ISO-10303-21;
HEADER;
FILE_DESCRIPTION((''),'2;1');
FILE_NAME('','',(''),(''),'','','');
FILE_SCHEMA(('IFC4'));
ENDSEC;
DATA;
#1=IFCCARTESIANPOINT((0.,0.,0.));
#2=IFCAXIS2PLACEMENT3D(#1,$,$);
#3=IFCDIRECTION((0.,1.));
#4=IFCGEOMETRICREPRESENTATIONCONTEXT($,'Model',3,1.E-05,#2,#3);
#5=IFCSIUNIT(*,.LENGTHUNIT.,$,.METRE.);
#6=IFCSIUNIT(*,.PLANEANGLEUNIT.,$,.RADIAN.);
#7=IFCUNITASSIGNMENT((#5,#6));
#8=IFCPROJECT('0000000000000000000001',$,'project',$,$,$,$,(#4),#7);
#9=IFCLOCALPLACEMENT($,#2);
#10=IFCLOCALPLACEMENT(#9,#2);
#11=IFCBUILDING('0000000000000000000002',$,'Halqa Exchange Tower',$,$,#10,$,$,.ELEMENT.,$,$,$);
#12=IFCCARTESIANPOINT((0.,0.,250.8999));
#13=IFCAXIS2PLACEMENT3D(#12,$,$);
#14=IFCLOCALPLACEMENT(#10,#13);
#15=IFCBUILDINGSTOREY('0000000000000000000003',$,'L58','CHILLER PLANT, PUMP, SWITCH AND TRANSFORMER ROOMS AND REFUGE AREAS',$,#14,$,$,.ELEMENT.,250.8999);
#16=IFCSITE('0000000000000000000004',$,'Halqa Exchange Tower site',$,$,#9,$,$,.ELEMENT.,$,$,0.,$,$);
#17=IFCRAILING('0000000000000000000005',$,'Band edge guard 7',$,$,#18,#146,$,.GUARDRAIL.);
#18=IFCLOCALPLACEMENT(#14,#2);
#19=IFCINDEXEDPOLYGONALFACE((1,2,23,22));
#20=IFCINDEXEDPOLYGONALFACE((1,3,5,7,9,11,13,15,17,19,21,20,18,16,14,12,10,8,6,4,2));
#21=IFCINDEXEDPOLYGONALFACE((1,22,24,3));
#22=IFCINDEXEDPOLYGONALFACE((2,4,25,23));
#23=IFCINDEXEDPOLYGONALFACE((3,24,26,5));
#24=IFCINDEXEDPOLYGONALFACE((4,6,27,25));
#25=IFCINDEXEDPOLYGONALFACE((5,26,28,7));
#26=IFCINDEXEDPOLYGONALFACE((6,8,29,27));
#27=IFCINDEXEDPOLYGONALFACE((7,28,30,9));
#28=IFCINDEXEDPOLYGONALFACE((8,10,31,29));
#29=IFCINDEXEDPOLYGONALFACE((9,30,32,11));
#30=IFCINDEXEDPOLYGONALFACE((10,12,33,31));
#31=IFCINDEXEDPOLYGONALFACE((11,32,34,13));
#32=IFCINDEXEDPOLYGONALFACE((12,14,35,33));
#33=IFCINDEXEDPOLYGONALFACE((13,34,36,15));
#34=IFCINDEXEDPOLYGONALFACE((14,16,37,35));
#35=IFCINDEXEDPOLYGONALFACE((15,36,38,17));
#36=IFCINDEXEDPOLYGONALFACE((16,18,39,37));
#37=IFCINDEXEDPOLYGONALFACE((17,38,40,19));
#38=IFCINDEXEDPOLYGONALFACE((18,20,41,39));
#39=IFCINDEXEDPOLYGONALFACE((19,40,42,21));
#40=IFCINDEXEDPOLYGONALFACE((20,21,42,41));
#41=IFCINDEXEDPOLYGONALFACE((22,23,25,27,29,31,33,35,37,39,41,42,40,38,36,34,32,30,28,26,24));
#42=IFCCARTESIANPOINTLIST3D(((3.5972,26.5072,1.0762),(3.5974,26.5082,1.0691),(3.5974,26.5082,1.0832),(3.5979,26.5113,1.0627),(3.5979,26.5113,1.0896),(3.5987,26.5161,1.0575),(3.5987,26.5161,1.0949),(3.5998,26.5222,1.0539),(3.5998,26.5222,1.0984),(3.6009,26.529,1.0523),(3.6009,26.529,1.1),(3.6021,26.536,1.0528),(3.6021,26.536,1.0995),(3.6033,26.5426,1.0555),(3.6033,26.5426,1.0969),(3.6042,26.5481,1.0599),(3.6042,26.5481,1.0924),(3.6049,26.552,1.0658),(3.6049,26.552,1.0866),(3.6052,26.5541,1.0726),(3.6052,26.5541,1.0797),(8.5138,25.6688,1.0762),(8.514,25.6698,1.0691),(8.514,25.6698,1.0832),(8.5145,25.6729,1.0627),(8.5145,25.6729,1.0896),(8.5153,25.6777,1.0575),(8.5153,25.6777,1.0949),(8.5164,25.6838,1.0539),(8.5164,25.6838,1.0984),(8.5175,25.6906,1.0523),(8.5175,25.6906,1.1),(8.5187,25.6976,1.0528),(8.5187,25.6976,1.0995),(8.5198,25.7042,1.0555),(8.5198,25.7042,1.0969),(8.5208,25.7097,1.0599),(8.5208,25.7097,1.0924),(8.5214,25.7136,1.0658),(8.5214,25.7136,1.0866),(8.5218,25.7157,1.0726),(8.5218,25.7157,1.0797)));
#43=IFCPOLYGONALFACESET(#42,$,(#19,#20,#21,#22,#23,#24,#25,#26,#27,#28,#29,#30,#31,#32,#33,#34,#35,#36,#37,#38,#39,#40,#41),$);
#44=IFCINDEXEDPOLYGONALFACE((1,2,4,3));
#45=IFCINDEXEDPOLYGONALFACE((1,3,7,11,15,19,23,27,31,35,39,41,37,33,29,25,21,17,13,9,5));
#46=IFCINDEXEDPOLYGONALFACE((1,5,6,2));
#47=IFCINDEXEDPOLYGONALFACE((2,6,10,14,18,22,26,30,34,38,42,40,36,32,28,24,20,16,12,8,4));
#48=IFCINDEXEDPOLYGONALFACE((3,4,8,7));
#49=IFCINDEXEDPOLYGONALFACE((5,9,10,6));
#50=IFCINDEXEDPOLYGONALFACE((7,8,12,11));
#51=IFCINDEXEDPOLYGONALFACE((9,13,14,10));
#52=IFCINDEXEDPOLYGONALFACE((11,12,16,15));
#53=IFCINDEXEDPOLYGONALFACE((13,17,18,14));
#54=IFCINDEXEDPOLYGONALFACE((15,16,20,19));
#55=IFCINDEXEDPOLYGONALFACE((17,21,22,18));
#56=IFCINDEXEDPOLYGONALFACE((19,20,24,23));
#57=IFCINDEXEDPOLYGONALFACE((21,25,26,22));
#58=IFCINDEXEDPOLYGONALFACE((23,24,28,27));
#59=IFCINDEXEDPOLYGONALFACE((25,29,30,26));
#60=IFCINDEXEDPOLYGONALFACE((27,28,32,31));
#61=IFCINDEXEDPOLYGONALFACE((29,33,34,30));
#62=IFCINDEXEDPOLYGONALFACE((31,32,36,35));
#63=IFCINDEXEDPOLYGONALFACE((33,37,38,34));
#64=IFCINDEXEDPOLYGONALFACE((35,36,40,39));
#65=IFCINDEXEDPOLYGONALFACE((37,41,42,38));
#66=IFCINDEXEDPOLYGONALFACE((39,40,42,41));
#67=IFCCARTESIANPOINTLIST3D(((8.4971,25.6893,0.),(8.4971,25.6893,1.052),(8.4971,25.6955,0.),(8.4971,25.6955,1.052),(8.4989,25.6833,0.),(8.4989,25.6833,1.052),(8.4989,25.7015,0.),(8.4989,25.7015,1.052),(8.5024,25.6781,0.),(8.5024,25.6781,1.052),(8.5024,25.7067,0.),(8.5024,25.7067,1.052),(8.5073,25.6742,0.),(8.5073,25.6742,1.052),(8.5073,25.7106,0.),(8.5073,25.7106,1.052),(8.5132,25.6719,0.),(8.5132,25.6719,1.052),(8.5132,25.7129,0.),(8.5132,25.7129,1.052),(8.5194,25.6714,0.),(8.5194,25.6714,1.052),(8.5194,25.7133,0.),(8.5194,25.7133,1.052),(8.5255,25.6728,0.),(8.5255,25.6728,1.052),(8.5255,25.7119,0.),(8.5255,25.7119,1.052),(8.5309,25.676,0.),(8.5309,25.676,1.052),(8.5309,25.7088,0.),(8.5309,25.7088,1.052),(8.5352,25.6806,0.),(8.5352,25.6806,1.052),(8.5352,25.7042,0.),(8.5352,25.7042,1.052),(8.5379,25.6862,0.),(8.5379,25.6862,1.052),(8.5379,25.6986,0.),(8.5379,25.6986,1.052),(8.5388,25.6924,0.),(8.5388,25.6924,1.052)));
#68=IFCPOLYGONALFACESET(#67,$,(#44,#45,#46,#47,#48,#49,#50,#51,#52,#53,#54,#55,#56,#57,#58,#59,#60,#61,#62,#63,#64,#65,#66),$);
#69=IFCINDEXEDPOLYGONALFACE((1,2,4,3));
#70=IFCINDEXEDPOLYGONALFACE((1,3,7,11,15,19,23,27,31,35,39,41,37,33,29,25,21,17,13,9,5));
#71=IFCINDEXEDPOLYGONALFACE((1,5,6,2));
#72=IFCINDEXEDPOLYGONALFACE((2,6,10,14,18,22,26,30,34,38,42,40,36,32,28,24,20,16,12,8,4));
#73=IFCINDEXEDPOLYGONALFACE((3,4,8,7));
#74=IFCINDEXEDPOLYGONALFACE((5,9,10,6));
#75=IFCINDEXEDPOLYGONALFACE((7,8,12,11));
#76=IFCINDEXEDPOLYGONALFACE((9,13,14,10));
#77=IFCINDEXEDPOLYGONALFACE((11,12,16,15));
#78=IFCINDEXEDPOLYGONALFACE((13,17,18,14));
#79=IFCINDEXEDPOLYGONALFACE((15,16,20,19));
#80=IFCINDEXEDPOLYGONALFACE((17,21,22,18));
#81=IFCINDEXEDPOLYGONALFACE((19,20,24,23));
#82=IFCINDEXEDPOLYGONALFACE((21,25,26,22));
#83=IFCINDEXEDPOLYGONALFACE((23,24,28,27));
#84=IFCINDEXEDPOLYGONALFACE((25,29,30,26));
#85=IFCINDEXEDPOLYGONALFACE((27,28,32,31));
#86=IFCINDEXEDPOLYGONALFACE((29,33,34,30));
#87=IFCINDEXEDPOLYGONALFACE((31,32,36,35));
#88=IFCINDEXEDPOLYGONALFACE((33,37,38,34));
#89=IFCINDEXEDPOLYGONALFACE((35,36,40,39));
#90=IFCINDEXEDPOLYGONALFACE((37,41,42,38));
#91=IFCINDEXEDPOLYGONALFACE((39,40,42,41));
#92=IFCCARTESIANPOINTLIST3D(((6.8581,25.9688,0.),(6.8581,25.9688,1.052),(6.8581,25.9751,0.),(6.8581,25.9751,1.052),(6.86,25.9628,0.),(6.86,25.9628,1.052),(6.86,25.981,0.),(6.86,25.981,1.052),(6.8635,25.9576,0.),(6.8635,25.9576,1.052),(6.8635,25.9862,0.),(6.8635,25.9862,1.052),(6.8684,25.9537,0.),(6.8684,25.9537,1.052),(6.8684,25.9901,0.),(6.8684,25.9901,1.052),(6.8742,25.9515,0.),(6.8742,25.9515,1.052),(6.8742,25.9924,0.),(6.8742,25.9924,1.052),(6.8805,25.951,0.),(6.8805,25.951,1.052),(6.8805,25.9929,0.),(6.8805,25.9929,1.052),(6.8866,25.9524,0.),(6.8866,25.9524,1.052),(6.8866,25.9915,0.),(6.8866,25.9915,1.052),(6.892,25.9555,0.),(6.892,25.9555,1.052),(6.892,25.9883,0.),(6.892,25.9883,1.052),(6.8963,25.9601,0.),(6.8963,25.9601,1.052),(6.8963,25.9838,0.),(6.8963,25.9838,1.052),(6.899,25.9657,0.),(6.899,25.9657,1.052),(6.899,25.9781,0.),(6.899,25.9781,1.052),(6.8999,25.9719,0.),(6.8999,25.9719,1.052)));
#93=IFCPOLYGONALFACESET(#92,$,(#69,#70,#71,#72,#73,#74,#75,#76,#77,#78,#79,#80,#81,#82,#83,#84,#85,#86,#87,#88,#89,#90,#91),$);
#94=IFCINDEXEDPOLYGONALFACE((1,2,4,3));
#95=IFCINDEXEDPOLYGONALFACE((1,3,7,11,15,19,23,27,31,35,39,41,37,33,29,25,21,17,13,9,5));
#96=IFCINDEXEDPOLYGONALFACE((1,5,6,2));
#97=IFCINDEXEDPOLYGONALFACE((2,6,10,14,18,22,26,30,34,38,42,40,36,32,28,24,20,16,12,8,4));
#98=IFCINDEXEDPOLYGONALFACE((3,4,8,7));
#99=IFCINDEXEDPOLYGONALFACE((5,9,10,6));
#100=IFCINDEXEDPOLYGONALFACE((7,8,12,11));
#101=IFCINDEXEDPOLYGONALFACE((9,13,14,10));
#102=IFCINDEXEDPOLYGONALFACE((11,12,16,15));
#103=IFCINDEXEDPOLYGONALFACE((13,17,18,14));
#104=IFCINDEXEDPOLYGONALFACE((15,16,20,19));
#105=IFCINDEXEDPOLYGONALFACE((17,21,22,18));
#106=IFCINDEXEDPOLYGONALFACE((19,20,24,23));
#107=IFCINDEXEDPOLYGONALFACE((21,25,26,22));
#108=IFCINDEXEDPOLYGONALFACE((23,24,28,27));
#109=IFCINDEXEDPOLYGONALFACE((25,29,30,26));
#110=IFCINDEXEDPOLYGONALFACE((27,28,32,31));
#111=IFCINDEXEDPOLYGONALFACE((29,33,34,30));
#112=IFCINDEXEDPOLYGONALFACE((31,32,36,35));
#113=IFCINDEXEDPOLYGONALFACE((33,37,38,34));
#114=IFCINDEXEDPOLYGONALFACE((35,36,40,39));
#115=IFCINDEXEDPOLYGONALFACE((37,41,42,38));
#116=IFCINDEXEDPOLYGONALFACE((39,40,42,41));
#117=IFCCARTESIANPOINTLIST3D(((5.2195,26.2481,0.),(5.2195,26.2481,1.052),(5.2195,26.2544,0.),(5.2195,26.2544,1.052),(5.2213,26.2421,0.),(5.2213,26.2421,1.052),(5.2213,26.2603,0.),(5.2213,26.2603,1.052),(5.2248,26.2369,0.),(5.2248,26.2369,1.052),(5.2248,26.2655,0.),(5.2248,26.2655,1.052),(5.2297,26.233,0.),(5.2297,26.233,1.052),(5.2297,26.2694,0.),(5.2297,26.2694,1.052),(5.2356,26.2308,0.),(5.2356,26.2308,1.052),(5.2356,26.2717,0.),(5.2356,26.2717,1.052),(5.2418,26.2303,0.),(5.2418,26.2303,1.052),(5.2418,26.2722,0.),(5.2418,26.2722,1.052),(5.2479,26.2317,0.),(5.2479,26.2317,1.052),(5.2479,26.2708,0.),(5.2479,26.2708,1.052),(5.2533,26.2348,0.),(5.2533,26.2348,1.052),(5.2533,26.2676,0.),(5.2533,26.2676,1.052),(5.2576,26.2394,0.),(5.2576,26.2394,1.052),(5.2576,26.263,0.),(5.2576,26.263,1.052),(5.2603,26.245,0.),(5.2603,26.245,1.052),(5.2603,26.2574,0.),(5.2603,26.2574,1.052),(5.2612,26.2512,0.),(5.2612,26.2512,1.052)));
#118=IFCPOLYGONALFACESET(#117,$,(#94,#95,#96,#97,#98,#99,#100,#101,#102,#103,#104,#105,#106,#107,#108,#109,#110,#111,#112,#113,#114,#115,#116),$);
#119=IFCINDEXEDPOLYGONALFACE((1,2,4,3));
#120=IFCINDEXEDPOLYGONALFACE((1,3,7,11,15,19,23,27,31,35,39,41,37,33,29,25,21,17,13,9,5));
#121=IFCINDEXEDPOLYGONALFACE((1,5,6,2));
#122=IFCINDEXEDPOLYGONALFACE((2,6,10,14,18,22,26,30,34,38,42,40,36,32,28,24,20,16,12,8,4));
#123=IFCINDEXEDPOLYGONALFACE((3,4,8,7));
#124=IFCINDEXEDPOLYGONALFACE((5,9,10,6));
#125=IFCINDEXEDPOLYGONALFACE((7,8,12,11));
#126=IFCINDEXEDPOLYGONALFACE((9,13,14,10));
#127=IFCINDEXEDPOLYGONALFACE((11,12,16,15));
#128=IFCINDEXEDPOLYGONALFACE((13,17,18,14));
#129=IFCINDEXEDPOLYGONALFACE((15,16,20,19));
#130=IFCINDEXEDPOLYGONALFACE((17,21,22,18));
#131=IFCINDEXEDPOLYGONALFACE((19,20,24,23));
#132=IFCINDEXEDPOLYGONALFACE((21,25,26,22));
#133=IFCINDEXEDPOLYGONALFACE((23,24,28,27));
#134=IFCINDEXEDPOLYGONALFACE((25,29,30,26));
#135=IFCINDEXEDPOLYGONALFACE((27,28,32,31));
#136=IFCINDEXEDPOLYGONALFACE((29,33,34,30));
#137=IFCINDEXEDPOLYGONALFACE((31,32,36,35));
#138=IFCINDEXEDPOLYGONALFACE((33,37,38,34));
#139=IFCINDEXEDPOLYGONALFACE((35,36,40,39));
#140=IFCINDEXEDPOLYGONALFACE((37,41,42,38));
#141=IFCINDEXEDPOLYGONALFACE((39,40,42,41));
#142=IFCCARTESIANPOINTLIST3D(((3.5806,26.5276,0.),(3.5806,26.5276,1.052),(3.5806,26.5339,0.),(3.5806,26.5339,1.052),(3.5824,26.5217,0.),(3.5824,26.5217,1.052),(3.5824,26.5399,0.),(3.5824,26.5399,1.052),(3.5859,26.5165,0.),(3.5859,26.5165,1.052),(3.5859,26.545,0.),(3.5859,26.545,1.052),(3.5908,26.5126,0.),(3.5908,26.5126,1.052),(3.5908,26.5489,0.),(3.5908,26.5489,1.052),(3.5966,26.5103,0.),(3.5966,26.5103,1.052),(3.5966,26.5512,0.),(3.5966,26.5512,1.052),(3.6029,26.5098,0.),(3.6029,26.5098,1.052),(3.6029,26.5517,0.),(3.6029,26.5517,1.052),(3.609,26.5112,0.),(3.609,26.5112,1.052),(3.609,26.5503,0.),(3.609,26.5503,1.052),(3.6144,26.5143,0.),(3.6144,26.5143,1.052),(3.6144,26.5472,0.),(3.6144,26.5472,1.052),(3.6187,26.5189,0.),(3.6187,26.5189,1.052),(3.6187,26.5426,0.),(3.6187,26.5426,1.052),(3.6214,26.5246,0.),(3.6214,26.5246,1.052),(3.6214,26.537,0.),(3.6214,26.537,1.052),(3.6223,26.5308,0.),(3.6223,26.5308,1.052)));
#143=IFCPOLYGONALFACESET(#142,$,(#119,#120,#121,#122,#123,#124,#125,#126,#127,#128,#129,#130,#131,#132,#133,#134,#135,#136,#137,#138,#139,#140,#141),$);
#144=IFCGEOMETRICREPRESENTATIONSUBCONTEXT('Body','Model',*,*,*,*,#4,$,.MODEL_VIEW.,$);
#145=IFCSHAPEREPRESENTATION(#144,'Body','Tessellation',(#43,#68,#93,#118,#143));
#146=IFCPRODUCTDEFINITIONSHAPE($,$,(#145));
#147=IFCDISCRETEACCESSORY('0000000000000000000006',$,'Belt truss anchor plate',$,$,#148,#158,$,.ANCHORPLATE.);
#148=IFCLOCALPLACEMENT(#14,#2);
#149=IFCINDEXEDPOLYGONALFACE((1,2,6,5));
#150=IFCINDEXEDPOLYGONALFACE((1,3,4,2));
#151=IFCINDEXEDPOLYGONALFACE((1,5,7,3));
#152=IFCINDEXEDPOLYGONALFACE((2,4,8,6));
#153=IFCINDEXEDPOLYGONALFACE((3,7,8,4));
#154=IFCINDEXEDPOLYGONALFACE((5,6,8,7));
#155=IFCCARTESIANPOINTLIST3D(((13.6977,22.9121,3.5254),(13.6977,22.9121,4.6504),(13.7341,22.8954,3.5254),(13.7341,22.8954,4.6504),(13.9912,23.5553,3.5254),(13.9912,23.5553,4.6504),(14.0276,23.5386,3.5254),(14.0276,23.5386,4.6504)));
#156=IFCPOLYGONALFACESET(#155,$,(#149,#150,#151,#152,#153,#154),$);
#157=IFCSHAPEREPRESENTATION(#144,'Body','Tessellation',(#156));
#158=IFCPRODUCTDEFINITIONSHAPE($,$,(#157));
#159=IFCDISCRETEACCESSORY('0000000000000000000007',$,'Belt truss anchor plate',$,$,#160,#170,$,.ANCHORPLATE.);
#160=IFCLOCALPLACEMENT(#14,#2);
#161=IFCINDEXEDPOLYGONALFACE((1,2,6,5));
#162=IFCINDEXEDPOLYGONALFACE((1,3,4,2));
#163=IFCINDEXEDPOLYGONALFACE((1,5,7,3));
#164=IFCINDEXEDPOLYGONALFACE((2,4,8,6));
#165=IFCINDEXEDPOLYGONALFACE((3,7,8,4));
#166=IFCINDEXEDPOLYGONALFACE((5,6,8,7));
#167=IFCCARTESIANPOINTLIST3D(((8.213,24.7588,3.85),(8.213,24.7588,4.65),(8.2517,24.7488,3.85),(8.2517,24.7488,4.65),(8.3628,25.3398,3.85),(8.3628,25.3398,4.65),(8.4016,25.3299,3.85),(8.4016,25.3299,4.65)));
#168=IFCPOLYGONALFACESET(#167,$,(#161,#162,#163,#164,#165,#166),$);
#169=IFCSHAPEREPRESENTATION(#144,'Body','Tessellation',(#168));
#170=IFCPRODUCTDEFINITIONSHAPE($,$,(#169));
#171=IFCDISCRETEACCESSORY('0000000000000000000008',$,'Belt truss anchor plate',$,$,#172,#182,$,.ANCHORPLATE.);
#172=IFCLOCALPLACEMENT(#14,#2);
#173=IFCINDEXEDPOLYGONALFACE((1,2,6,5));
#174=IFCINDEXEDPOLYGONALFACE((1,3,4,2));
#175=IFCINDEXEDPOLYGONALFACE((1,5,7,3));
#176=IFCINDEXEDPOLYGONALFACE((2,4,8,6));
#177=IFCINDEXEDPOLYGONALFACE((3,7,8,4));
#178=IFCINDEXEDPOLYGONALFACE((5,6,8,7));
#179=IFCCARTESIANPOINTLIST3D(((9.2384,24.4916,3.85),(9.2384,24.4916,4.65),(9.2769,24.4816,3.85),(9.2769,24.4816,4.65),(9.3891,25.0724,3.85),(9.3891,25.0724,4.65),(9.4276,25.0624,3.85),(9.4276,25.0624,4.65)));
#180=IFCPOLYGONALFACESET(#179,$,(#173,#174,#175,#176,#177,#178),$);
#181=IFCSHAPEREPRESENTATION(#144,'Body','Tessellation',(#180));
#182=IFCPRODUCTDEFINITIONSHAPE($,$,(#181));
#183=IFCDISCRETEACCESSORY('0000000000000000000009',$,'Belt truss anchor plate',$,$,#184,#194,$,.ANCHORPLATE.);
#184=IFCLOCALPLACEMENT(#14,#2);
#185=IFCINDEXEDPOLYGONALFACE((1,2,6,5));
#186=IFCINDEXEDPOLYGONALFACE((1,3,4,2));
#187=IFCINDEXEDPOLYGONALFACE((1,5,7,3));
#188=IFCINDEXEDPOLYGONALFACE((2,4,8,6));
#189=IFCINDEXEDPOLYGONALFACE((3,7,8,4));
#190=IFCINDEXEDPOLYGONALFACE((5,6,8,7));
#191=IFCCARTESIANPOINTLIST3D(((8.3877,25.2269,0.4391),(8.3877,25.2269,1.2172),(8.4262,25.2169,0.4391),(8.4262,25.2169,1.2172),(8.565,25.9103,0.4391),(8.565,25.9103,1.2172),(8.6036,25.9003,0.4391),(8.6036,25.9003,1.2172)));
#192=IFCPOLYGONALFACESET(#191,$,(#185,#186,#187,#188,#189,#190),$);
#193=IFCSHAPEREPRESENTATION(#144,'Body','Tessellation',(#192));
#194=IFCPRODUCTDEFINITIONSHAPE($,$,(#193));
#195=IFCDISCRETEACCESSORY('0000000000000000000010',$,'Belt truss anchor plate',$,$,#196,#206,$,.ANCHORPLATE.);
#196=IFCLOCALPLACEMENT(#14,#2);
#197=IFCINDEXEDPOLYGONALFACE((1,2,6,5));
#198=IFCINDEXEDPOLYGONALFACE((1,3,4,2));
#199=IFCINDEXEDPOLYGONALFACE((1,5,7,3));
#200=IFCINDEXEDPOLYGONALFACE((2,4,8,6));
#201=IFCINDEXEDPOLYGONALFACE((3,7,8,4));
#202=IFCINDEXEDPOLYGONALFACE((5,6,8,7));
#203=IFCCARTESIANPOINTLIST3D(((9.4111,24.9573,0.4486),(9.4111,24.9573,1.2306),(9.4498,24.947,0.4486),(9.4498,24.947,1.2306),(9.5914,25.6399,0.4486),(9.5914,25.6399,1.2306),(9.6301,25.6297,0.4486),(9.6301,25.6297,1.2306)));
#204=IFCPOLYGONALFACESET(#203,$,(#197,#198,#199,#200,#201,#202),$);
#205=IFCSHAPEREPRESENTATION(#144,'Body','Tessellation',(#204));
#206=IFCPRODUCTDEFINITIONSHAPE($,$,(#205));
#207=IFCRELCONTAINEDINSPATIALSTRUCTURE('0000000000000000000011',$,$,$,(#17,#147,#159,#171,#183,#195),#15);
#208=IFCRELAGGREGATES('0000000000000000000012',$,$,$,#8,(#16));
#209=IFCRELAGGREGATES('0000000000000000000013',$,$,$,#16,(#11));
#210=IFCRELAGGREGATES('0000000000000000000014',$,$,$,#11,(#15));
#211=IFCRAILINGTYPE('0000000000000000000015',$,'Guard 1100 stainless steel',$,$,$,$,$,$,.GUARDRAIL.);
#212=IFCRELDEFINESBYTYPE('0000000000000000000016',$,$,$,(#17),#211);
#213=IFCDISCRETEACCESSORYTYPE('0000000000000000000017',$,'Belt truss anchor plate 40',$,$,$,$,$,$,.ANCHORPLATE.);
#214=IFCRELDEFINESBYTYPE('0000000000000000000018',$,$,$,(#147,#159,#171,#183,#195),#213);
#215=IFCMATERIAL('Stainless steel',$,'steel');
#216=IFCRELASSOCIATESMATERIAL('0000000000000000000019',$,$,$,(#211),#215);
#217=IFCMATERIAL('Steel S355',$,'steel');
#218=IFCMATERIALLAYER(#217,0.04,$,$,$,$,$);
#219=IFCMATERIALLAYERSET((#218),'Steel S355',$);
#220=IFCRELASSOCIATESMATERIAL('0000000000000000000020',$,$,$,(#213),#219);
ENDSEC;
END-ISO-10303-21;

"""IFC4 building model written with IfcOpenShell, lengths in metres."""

from ifc_helpers import new_model, si_unit, direction, frame, origin, origin_2d, place, context, subcontext, project, spatial, rectangle, circle, extrude, material, layer, layer_set, type_object, element, save


model = new_model("IFC4")

# Units and contexts
model_context = context("Model", 3, precision=1e-05, world=origin(), true_north=direction((0.0, 1.0)))
body_context = subcontext(model_context, "Body", "Model", "MODEL_VIEW")
ifc_project = project(units=[si_unit("LENGTHUNIT", "METRE"), si_unit("PLANEANGLEUNIT", "RADIAN")], contexts=[model_context])

# Site, building, storey
site_placement = place(None, origin())
site = spatial("IfcSite", under=ifc_project, at=site_placement, Name="Halqa Exchange Tower site", CompositionType="ELEMENT", RefElevation=0.0)
building_placement = place(site_placement, origin())
building = spatial("IfcBuilding", under=site, at=building_placement, Name="Halqa Exchange Tower", CompositionType="ELEMENT")
storey_placement = place(building_placement, frame((0.0, 0.0, 250.8999)))
storey = spatial("IfcBuildingStorey", under=building, at=storey_placement, Name="L58", Description="CHILLER PLANT, PUMP, SWITCH AND TRANSFORMER ROOMS AND REFUGE AREAS", CompositionType="ELEMENT", Elevation=250.8999)

# Shared definitions
ifc_material_1 = material(Name="Steel S355", Category="steel")

# Railing
ifc_material_2 = material(Name="Stainless steel", Category="steel")
railing_type = type_object("IfcRailingType", Name="Guard 1100 stainless steel", PredefinedType="GUARDRAIL", material=ifc_material_2)
railing_1_placement = place(storey_placement, frame((8.5178, 25.6924, 0.0)))
element("IfcRailing", 1, at=railing_1_placement, inside=storey, type_object=railing_type, Name="Band edge guard 7", PredefinedType="GUARDRAIL", context=body_context, shape_type="SweptSolid", body=[
    extrude(circle(Radius=0.0239, at=origin_2d()), frame((0.0, 0.0, 1.0762), z_axis=(-0.98577, 0.168097, 0.0), x_axis=(-0.168097, -0.98577, 0.0)), (0.0, 0.0, 1.0), 4.9875),
    extrude(circle(Radius=0.021, at=origin_2d()), origin(), (0.0, 0.0, 1.0), 1.052),
    extrude(circle(Radius=0.021, at=origin_2d()), frame((-1.6389, 0.2795, 0.0)), (0.0, 0.0, 1.0), 1.052),
    extrude(circle(Radius=0.021, at=origin_2d()), frame((-3.2776, 0.5588, 0.0)), (0.0, 0.0, 1.0), 1.052),
    extrude(circle(Radius=0.021, at=origin_2d()), frame((-4.9165, 0.8384, 0.0)), (0.0, 0.0, 1.0), 1.052),
])

# Discrete accessories
ifc_layer_1 = layer(ifc_material_1, 0.04)
ifc_layer_set_1 = layer_set([ifc_layer_1], Name="Steel S355")
discrete_accessory_type = type_object("IfcDiscreteAccessoryType", Name="Belt truss anchor plate 40", PredefinedType="ANCHORPLATE", material=ifc_layer_set_1)
discrete_accessory_1_placement = place(storey_placement, frame((13.8809, 23.217, 4.0879), z_axis=(-0.909738, 0.415183, 0.0), x_axis=(-0.415183, -0.909738, 0.0)))
element("IfcDiscreteAccessory", 2, at=discrete_accessory_1_placement, inside=storey, type_object=discrete_accessory_type, Name="Belt truss anchor plate", PredefinedType="ANCHORPLATE", context=body_context, shape_type="SweptSolid", body=[
    extrude(rectangle(XDim=0.707, YDim=1.125, at=origin_2d()), origin(), (0.0, 0.0, 1.0), 0.04),
])
discrete_accessory_2_placement = place(storey_placement, frame((8.3267, 25.0393, 4.25), z_axis=(-0.968325, 0.249694, 0.0), x_axis=(-0.249694, -0.968325, 0.0)))
element("IfcDiscreteAccessory", 3, at=discrete_accessory_2_placement, inside=storey, type_object=discrete_accessory_type, Name="Belt truss anchor plate", PredefinedType="ANCHORPLATE", context=body_context, shape_type="SweptSolid", body=[
    extrude(rectangle(XDim=0.6001, YDim=0.8, at=origin_2d()), origin(), (0.0, 0.0, 1.0), 0.04),
])
discrete_accessory_3_placement = place(storey_placement, frame((9.3137, 24.782, 4.25), z_axis=(0.967942, -0.251175, 0.0), x_axis=(0.251175, 0.967942, 0.0)))
element("IfcDiscreteAccessory", 4, at=discrete_accessory_3_placement, inside=storey, type_object=discrete_accessory_type, Name="Belt truss anchor plate", PredefinedType="ANCHORPLATE", context=body_context, shape_type="SweptSolid", body=[
    extrude(rectangle(XDim=0.6001, YDim=0.8, at=origin_2d()), origin(), (0.0, 0.0, 1.0), 0.0398),
])
discrete_accessory_4_placement = place(storey_placement, frame((8.5149, 25.5586, 0.8281), z_axis=(-0.967942, 0.251175, 0.0), x_axis=(-0.251175, -0.967942, 0.0)))
element("IfcDiscreteAccessory", 5, at=discrete_accessory_4_placement, inside=storey, type_object=discrete_accessory_type, Name="Belt truss anchor plate", PredefinedType="ANCHORPLATE", context=body_context, shape_type="SweptSolid", body=[
    extrude(rectangle(XDim=0.7061, YDim=0.7781, at=origin_2d()), origin(), (0.0, 0.0, 1.0), 0.0398),
])
discrete_accessory_5_placement = place(storey_placement, frame((9.5012, 25.2986, 0.8396), z_axis=(0.966838, -0.255391, 0.0), x_axis=(0.255391, 0.966838, 0.0)))
element("IfcDiscreteAccessory", 6, at=discrete_accessory_5_placement, inside=storey, type_object=discrete_accessory_type, Name="Belt truss anchor plate", PredefinedType="ANCHORPLATE", context=body_context, shape_type="SweptSolid", body=[
    extrude(rectangle(XDim=0.7061, YDim=0.782, at=origin_2d()), origin(), (0.0, 0.0, 1.0), 0.04),
])

save(model, "model.ifc")
